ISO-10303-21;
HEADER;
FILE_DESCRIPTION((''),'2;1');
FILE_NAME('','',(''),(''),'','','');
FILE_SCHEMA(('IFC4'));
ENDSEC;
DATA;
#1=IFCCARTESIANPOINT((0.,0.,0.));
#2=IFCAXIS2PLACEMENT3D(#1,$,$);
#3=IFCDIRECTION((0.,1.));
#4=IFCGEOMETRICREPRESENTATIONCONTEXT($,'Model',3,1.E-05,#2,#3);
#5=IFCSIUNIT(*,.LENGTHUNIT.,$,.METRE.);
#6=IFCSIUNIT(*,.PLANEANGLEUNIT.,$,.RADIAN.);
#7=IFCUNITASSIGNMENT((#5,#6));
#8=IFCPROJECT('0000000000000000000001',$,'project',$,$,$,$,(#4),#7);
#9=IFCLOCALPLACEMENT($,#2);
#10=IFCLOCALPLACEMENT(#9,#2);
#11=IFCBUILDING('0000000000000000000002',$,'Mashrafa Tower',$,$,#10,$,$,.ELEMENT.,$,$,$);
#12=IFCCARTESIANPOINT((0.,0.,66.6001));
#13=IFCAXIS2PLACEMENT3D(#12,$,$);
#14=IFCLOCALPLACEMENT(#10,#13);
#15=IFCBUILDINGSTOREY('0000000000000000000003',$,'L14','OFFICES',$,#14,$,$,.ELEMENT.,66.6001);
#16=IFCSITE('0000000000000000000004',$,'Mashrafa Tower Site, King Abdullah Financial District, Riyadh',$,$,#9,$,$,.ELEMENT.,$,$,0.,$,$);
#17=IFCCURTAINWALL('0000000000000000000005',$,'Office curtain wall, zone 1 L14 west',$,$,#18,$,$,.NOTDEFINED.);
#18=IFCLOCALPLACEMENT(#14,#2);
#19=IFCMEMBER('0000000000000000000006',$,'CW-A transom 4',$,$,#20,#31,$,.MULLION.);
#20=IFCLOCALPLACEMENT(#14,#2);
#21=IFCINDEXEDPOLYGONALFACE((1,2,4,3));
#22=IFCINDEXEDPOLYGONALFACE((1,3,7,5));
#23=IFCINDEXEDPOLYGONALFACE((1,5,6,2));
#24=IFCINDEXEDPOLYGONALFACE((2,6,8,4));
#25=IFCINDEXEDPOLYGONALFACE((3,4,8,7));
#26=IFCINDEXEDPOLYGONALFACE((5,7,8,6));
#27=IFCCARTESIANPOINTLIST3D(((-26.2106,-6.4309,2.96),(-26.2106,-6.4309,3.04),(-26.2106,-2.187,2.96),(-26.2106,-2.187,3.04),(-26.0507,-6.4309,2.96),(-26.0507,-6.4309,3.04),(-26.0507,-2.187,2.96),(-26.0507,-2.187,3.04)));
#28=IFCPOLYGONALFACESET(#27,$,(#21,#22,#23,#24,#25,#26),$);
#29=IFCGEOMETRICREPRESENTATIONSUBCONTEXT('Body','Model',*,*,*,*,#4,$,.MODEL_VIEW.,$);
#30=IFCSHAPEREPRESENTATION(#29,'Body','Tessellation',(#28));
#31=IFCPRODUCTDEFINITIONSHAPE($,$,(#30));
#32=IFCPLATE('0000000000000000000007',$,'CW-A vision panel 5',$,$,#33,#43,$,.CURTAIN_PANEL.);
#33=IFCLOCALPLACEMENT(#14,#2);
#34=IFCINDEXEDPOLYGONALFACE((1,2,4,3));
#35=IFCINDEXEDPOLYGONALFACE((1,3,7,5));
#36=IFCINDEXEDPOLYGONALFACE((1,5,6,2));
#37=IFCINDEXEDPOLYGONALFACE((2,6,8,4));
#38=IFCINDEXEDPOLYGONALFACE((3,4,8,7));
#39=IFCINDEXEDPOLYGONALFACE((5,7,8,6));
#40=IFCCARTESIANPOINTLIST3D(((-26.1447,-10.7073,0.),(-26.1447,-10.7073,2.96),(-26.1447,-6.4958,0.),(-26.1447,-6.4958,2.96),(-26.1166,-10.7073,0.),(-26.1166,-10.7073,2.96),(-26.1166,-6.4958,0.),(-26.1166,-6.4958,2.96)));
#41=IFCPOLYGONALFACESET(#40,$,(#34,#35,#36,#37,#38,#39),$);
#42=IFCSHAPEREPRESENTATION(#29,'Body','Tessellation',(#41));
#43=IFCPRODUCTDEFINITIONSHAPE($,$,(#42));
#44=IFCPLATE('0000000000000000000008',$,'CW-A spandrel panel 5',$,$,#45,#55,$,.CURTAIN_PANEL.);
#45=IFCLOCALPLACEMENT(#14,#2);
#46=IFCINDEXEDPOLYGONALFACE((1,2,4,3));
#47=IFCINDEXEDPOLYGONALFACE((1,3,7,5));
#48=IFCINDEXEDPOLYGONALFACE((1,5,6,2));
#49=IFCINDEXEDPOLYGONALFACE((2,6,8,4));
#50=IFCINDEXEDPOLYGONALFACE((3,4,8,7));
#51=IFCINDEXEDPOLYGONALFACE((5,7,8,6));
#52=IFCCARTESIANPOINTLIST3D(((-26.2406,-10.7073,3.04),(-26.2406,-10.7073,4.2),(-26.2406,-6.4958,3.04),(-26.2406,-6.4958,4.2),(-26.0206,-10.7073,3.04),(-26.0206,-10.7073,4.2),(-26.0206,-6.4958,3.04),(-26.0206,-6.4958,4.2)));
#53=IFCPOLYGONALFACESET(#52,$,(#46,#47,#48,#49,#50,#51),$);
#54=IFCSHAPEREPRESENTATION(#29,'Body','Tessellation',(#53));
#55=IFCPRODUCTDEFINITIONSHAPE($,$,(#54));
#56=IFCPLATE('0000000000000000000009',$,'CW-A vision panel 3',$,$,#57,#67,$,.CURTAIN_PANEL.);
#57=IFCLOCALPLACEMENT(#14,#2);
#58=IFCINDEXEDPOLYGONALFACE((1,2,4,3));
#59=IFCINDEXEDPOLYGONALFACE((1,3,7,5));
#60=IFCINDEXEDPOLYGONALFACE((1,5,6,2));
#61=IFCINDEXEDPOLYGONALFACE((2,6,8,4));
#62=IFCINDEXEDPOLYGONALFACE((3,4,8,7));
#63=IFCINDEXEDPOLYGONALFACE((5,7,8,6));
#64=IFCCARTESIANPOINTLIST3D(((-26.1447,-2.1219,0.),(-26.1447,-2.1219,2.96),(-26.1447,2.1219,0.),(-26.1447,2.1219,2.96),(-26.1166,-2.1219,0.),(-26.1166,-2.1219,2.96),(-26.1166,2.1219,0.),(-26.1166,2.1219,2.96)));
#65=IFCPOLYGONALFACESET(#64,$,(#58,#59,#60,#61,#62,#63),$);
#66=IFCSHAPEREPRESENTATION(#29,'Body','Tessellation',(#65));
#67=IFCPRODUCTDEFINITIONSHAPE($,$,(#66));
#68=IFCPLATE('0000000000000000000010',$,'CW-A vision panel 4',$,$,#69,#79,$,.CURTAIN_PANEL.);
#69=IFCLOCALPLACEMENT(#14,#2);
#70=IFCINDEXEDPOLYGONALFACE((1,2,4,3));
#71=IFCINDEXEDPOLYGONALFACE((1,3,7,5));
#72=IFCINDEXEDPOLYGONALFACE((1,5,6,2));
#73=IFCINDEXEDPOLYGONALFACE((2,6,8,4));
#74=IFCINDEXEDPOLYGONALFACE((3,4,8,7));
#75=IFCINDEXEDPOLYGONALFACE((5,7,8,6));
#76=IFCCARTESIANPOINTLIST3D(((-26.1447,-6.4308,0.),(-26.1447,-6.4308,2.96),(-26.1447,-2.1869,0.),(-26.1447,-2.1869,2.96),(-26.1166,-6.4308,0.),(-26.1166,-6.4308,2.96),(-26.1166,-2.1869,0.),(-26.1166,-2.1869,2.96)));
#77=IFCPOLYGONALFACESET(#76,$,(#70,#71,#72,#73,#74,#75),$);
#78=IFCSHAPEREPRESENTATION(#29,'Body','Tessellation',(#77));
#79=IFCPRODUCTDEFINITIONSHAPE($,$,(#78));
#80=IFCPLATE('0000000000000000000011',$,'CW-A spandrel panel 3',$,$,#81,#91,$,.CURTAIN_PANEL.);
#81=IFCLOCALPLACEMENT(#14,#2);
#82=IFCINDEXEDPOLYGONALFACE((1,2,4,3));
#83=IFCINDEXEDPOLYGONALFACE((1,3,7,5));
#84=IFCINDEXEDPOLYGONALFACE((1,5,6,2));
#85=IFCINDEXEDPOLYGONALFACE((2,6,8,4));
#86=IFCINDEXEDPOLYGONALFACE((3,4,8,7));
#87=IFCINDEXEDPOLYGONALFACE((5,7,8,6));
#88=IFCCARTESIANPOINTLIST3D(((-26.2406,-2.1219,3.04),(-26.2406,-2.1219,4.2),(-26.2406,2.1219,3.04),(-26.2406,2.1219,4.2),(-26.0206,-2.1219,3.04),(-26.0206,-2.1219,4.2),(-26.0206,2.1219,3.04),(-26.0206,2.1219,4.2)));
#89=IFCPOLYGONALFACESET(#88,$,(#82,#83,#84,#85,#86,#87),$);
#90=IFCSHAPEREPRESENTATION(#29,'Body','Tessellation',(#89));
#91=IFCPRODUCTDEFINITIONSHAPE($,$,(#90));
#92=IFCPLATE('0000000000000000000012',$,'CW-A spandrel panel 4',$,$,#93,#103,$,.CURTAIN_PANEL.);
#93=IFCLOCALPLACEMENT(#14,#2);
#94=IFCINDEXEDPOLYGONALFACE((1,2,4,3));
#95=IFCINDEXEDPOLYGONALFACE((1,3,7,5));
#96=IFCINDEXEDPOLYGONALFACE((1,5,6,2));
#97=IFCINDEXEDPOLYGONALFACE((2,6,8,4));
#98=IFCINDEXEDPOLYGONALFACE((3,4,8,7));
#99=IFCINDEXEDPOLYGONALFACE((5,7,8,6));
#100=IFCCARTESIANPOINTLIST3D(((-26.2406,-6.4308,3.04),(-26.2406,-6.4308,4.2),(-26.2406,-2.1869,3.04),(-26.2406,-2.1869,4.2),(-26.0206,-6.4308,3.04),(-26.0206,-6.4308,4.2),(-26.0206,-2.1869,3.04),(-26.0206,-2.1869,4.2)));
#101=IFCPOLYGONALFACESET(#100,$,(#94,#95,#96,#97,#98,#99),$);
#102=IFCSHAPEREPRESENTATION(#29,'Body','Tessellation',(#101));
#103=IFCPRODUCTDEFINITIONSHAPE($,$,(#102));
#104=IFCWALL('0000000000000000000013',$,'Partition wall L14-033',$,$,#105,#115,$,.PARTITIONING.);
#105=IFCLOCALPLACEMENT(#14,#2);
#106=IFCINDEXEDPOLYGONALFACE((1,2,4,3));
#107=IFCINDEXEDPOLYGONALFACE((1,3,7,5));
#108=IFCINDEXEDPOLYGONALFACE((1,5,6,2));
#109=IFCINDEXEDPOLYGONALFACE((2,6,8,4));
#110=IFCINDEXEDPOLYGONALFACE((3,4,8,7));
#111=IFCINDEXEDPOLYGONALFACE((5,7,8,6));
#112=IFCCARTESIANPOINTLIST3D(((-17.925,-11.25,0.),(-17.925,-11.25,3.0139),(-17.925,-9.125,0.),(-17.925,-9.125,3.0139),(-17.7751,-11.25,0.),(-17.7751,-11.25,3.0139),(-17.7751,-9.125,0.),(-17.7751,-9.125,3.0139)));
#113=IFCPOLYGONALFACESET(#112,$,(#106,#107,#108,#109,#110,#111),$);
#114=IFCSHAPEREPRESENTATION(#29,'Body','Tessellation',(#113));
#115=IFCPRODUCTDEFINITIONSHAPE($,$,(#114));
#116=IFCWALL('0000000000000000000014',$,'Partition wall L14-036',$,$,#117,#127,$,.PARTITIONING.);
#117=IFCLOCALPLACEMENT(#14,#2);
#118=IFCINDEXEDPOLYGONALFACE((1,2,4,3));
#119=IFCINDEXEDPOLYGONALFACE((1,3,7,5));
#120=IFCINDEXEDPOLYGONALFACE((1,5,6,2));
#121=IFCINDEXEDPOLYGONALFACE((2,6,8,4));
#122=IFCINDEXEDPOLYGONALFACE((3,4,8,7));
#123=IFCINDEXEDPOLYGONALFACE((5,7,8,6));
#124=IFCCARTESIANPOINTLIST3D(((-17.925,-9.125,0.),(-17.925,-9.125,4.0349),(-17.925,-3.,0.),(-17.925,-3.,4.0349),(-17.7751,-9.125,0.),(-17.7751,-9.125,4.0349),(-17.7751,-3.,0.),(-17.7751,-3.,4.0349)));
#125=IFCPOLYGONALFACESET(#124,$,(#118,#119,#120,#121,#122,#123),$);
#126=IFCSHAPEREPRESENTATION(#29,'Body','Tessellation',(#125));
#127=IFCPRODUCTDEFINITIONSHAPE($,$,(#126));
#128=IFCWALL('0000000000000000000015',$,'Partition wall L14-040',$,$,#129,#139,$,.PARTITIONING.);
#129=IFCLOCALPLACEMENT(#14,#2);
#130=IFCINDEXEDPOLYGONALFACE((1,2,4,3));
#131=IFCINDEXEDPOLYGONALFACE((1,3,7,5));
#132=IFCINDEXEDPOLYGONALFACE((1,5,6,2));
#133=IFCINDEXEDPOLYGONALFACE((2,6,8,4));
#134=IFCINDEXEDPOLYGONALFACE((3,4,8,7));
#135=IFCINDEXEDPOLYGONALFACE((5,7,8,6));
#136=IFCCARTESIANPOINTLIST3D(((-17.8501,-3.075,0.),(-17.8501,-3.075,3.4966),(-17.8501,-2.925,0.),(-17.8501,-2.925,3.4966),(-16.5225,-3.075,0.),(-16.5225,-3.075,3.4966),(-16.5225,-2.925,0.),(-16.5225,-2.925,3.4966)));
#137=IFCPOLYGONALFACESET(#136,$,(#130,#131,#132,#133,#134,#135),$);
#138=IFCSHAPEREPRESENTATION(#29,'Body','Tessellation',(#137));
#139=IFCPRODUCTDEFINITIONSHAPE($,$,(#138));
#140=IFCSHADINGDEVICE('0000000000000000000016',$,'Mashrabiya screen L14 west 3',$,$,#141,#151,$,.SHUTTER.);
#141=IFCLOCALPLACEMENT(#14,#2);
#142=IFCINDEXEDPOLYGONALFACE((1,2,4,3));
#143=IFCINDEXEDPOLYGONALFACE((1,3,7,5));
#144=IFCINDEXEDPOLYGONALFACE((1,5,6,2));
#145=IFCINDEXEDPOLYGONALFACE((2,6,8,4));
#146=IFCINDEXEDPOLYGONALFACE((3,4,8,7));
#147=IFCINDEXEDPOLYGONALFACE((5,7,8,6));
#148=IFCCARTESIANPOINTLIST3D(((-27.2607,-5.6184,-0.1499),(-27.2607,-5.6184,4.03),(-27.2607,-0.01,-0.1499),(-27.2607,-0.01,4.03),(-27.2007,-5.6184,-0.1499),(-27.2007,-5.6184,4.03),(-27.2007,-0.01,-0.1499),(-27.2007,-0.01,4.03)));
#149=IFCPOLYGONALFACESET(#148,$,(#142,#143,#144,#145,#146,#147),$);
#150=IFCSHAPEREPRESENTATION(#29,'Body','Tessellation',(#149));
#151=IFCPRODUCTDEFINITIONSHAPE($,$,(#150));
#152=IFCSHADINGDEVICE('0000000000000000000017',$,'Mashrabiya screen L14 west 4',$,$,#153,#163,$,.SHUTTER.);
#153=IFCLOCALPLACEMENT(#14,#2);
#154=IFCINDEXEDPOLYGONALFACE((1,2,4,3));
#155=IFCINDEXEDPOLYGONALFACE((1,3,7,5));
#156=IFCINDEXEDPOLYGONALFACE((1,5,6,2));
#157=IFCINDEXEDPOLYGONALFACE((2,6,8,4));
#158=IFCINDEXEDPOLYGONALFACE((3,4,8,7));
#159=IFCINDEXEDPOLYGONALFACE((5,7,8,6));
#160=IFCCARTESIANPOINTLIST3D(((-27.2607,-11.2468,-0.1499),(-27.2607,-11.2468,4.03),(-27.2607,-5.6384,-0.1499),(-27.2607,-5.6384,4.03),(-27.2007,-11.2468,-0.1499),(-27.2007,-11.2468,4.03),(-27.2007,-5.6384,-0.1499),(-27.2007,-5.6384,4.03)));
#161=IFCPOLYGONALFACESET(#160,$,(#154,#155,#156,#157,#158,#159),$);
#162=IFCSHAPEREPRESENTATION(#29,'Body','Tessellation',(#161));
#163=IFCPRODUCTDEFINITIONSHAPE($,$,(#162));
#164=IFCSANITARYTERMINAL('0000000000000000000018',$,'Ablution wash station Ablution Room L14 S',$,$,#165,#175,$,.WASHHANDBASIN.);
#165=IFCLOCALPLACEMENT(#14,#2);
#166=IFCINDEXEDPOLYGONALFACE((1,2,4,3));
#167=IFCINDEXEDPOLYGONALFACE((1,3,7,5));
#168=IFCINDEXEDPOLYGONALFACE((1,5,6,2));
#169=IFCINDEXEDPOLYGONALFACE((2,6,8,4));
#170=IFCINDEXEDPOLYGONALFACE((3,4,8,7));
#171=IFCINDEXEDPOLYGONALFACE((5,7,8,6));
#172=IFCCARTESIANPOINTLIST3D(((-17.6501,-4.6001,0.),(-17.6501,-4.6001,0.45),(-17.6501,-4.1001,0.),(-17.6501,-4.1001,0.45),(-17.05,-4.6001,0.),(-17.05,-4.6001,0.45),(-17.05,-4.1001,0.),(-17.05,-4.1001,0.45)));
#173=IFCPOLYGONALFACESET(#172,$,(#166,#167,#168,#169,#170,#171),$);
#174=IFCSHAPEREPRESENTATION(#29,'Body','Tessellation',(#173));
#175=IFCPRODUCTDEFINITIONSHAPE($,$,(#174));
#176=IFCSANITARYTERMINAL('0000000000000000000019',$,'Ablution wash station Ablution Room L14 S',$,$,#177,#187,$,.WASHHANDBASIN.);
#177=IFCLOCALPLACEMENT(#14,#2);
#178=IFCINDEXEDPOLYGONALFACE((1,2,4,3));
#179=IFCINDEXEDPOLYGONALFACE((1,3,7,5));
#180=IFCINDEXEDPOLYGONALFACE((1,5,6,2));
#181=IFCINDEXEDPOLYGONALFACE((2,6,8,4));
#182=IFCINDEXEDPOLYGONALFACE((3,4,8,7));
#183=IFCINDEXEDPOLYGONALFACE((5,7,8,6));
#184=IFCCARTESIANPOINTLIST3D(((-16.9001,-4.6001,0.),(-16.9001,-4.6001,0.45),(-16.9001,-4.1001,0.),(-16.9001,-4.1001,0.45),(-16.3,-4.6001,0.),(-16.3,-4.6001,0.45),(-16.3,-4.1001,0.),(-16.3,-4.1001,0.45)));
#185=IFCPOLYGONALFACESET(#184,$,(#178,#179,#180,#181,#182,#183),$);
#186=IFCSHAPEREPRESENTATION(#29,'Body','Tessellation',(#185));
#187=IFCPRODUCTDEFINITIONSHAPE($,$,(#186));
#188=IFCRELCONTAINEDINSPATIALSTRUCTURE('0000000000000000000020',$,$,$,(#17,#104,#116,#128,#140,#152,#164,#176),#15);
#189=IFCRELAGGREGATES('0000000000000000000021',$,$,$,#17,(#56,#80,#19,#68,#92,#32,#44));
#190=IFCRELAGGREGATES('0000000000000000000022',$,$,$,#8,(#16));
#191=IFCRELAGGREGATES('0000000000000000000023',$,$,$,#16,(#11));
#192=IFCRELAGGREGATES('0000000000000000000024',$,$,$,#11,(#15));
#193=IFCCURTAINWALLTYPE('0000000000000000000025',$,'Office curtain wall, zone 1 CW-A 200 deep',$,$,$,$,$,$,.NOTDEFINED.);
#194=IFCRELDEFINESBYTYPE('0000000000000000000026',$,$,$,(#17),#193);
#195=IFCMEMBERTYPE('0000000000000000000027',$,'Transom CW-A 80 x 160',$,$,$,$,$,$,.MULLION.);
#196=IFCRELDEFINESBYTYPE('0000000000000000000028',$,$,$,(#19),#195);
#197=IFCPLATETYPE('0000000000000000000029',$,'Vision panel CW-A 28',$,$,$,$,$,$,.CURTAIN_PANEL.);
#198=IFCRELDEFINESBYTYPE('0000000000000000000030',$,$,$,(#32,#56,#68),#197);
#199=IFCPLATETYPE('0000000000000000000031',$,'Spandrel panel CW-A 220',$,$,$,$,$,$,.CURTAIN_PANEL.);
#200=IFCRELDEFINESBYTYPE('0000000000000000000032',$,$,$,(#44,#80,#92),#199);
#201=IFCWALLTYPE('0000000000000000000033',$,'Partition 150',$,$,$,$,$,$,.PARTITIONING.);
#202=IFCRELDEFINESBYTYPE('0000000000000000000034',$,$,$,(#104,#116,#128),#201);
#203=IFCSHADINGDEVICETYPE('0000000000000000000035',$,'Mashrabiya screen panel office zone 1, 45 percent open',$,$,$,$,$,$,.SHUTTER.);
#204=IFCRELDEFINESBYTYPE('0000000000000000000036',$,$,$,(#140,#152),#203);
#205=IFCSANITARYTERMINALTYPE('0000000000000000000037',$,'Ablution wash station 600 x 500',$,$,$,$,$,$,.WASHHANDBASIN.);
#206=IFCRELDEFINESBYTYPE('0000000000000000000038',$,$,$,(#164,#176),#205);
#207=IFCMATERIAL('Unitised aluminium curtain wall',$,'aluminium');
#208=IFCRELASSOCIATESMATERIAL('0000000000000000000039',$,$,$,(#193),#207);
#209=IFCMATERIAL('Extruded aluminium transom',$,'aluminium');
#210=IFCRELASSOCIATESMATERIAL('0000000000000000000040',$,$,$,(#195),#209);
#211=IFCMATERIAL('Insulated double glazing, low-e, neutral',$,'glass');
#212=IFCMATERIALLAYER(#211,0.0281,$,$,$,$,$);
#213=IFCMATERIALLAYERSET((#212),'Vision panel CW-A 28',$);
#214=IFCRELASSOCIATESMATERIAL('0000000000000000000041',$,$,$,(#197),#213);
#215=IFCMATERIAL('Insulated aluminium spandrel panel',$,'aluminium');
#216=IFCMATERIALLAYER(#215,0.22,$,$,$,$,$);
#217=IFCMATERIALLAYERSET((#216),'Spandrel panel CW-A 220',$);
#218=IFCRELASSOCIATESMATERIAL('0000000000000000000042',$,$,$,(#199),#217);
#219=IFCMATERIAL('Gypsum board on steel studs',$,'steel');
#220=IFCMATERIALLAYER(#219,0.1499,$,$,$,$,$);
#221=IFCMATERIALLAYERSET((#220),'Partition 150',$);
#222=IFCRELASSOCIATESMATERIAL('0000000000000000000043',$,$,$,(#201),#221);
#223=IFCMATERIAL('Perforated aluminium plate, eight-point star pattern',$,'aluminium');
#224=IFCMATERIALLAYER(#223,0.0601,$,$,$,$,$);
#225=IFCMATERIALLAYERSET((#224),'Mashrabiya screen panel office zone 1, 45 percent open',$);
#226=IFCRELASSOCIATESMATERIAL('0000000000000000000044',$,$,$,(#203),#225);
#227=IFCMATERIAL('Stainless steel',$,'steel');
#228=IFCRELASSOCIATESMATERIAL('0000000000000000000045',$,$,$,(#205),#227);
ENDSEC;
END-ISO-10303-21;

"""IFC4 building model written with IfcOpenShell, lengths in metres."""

from ifc_helpers import new_model, si_unit, direction, frame, frame_2d, origin, origin_2d, place, context, subcontext, project, spatial, rectangle, extrude, source, transform, mapped, material, layer, layer_set, material_profile, profile_set, type_object, type_shapes, element, aggregate, save


model = new_model("IFC4")

# Units and contexts
model_context = context("Model", 3, precision=1e-05, world=origin(), true_north=direction((0.0, 1.0)))
body_context = subcontext(model_context, "Body", "Model", "MODEL_VIEW")
ifc_project = project(units=[si_unit("LENGTHUNIT", "METRE"), si_unit("PLANEANGLEUNIT", "RADIAN")], contexts=[model_context])

# Site, building, storey
site_placement = place(None, origin())
site = spatial("IfcSite", under=ifc_project, at=site_placement, Name="Mashrafa Tower Site, King Abdullah Financial District, Riyadh", CompositionType="ELEMENT", RefElevation=0.0)
building_placement = place(site_placement, origin())
building = spatial("IfcBuilding", under=site, at=building_placement, Name="Mashrafa Tower", CompositionType="ELEMENT")
storey_placement = place(building_placement, frame((0.0, 0.0, 66.6001)))
storey = spatial("IfcBuildingStorey", under=building, at=storey_placement, Name="L14", Description="OFFICES", CompositionType="ELEMENT", Elevation=66.6001)

# Curtain wall, member, plates
ifc_material_1 = material(Name="Unitised aluminium curtain wall", Category="aluminium")
curtain_wall_type = type_object("IfcCurtainWallType", Name="Office curtain wall, zone 1 CW-A 200 deep", PredefinedType="NOTDEFINED", material=ifc_material_1)
curtain_wall_placement = place(storey_placement, origin())
curtain_wall = element("IfcCurtainWall", 1, at=curtain_wall_placement, inside=storey, type_object=curtain_wall_type, Name="Office curtain wall, zone 1 L14 west", PredefinedType="NOTDEFINED")
ifc_material_2 = material(Name="Extruded aluminium transom", Category="aluminium")
ifc_material_profile_1 = material_profile(ifc_material_2, rectangle(XDim=0.1599, YDim=0.0801, at=origin_2d()), Name="Transom 80x160")
ifc_profile_set_1 = profile_set([ifc_material_profile_1], Name="Extruded aluminium transom")
member_type_1 = type_object("IfcMemberType", Name="Transom CW-A 80 x 160", PredefinedType="MULLION", material=ifc_profile_set_1)
shared_shape_1 = source(origin(), body_context, "Body", "SweptSolid", [
    extrude(rectangle(XDim=0.1599, YDim=0.0801, at=origin_2d()), origin(), (0.0, 0.0, 1.0), 4.2439),
])
member_1_placement = place(storey_placement, frame((-26.1306, -2.187, 3.0), z_axis=(0.0, -1.0, 0.0), x_axis=(1.0, 0.0, 0.0)))
member_1 = element("IfcMember", 2, at=member_1_placement, type_object=member_type_1, Name="CW-A transom 4", PredefinedType="MULLION", context=body_context, shape_type="MappedRepresentation", body=[
    mapped(shared_shape_1, transform((0.0, 0.0, 0.0))),
])
ifc_material_3 = material(Name="Insulated double glazing, low-e, neutral", Category="glass")
ifc_layer_1 = layer(ifc_material_3, 0.0281)
ifc_layer_set_1 = layer_set([ifc_layer_1], Name="Vision panel CW-A 28")
plate_type_1 = type_object("IfcPlateType", Name="Vision panel CW-A 28", PredefinedType="CURTAIN_PANEL", material=ifc_layer_set_1)
shared_shape_2 = source(origin(), body_context, "Body", "SweptSolid", [
    extrude(rectangle(XDim=4.2114, YDim=0.0281, at=origin_2d()), origin(), (0.0, 0.0, 1.0), 2.96),
])
plate_1_placement = place(storey_placement, frame((-26.1306, -8.6016, 0.0), z_axis=(0.0, 0.0, 1.0), x_axis=(0.0, -1.0, 0.0)))
plate_1 = element("IfcPlate", 3, at=plate_1_placement, type_object=plate_type_1, Name="CW-A vision panel 5", PredefinedType="CURTAIN_PANEL", context=body_context, shape_type="MappedRepresentation", body=[
    mapped(shared_shape_2, transform((0.0, 0.0, 0.0))),
])
ifc_material_4 = material(Name="Insulated aluminium spandrel panel", Category="aluminium")
ifc_layer_2 = layer(ifc_material_4, 0.22)
ifc_layer_set_2 = layer_set([ifc_layer_2], Name="Spandrel panel CW-A 220")
plate_type_2 = type_object("IfcPlateType", Name="Spandrel panel CW-A 220", PredefinedType="CURTAIN_PANEL", material=ifc_layer_set_2)
shared_shape_3 = source(origin(), body_context, "Body", "SweptSolid", [
    extrude(rectangle(XDim=4.2114, YDim=0.22, at=origin_2d()), origin(), (0.0, 0.0, 1.0), 1.1599),
])
plate_2_placement = place(storey_placement, frame((-26.1306, -8.6016, 3.04), z_axis=(0.0, 0.0, 1.0), x_axis=(0.0, -1.0, 0.0)))
plate_2 = element("IfcPlate", 4, at=plate_2_placement, type_object=plate_type_2, Name="CW-A spandrel panel 5", PredefinedType="CURTAIN_PANEL", context=body_context, shape_type="MappedRepresentation", body=[
    mapped(shared_shape_3, transform((0.0, 0.0, 0.0))),
])
shared_shape_4 = source(origin(), body_context, "Body", "SweptSolid", [
    extrude(rectangle(XDim=4.2439, YDim=0.0281, at=origin_2d()), origin(), (0.0, 0.0, 1.0), 2.96),
])
type_shapes(plate_type_1, [shared_shape_2, shared_shape_4])
plate_3_placement = place(storey_placement, frame((-26.1306, 0.0, 0.0), z_axis=(0.0, 0.0, 1.0), x_axis=(0.0, -1.0, 0.0)))
plate_3 = element("IfcPlate", 5, at=plate_3_placement, type_object=plate_type_1, Name="CW-A vision panel 3", PredefinedType="CURTAIN_PANEL", context=body_context, shape_type="MappedRepresentation", body=[
    mapped(shared_shape_4, transform((0.0, 0.0, 0.0))),
])
plate_4_placement = place(storey_placement, frame((-26.1306, -4.3088, 0.0), z_axis=(0.0, 0.0, 1.0), x_axis=(0.0, -1.0, 0.0)))
plate_4 = element("IfcPlate", 6, at=plate_4_placement, type_object=plate_type_1, Name="CW-A vision panel 4", PredefinedType="CURTAIN_PANEL", context=body_context, shape_type="MappedRepresentation", body=[
    mapped(shared_shape_4, transform((0.0, 0.0, 0.0))),
])
shared_shape_5 = source(origin(), body_context, "Body", "SweptSolid", [
    extrude(rectangle(XDim=4.2439, YDim=0.22, at=origin_2d()), origin(), (0.0, 0.0, 1.0), 1.1599),
])
type_shapes(plate_type_2, [shared_shape_3, shared_shape_5])
plate_5_placement = place(storey_placement, frame((-26.1306, 0.0, 3.04), z_axis=(0.0, 0.0, 1.0), x_axis=(0.0, -1.0, 0.0)))
plate_5 = element("IfcPlate", 7, at=plate_5_placement, type_object=plate_type_2, Name="CW-A spandrel panel 3", PredefinedType="CURTAIN_PANEL", context=body_context, shape_type="MappedRepresentation", body=[
    mapped(shared_shape_5, transform((0.0, 0.0, 0.0))),
])
plate_6_placement = place(storey_placement, frame((-26.1306, -4.3088, 3.04), z_axis=(0.0, 0.0, 1.0), x_axis=(0.0, -1.0, 0.0)))
plate_6 = element("IfcPlate", 8, at=plate_6_placement, type_object=plate_type_2, Name="CW-A spandrel panel 4", PredefinedType="CURTAIN_PANEL", context=body_context, shape_type="MappedRepresentation", body=[
    mapped(shared_shape_5, transform((0.0, 0.0, 0.0))),
])
aggregate(curtain_wall, [plate_3, plate_5, member_1, plate_4, plate_6, plate_1, plate_2])

# Walls
ifc_material_5 = material(Name="Gypsum board on steel studs", Category="steel")
ifc_layer_3 = layer(ifc_material_5, 0.1499)
ifc_layer_set_3 = layer_set([ifc_layer_3], Name="Partition 150")
wall_type = type_object("IfcWallType", Name="Partition 150", PredefinedType="PARTITIONING", material=ifc_layer_set_3)
wall_1_placement = place(storey_placement, frame((-17.8501, -9.125, 0.0), z_axis=(0.0, 0.0, 1.0), x_axis=(0.0, -1.0, 0.0)))
element("IfcWall", 9, at=wall_1_placement, inside=storey, type_object=wall_type, Name="Partition wall L14-033", PredefinedType="PARTITIONING", context=body_context, shape_type="SweptSolid", body=[
    extrude(rectangle(XDim=2.125, YDim=0.1499, at=frame_2d((1.0625, 0.0))), origin(), (0.0, 0.0, 1.0), 3.0139),
])
wall_2_placement = place(storey_placement, frame((-17.8501, -9.125, 0.0), z_axis=(0.0, 0.0, 1.0), x_axis=(0.0, 1.0, 0.0)))
element("IfcWall", 10, at=wall_2_placement, inside=storey, type_object=wall_type, Name="Partition wall L14-036", PredefinedType="PARTITIONING", context=body_context, shape_type="SweptSolid", body=[
    extrude(rectangle(XDim=6.125, YDim=0.1499, at=frame_2d((3.0625, 0.0))), origin(), (0.0, 0.0, 1.0), 4.0349),
])
wall_3_placement = place(storey_placement, frame((-16.5225, -3.0, 0.0), z_axis=(0.0, 0.0, 1.0), x_axis=(-1.0, 0.0, 0.0)))
element("IfcWall", 11, at=wall_3_placement, inside=storey, type_object=wall_type, Name="Partition wall L14-040", PredefinedType="PARTITIONING", context=body_context, shape_type="SweptSolid", body=[
    extrude(rectangle(XDim=1.3276, YDim=0.1499, at=frame_2d((0.6638, 0.0))), origin(), (0.0, 0.0, 1.0), 3.4966),
])

# Shading devices
ifc_material_6 = material(Name="Perforated aluminium plate, eight-point star pattern", Category="aluminium")
ifc_layer_4 = layer(ifc_material_6, 0.0601)
ifc_layer_set_4 = layer_set([ifc_layer_4], Name="Mashrabiya screen panel office zone 1, 45 percent open")
shading_device_type = type_object("IfcShadingDeviceType", Name="Mashrabiya screen panel office zone 1, 45 percent open", PredefinedType="SHUTTER", material=ifc_layer_set_4)
shared_shape_6 = source(origin(), body_context, "Body", "SweptSolid", [
    extrude(rectangle(XDim=5.6084, YDim=0.0601, at=origin_2d()), origin(), (0.0, 0.0, 1.0), 4.1799),
])
type_shapes(shading_device_type, [shared_shape_6])
for number, where, z_axis, x_axis, name in (
    (12, (-27.2307, -2.8142, -0.1499), (0.0, 0.0, 1.0), (0.0, -1.0, 0.0), "Mashrabiya screen L14 west 3"),
    (13, (-27.2307, -8.4426, -0.1499), (0.0, 0.0, 1.0), (0.0, -1.0, 0.0), "Mashrabiya screen L14 west 4"),
):
    element("IfcShadingDevice", number, at=place(storey_placement, frame(where, z_axis=z_axis, x_axis=x_axis)), inside=storey, type_object=shading_device_type, Name=name, PredefinedType="SHUTTER", context=body_context, shape_type="MappedRepresentation", body=[
        mapped(shared_shape_6, transform((0.0, 0.0, 0.0))),
    ])

# Sanitary terminals
ifc_material_7 = material(Name="Stainless steel", Category="steel")
sanitary_terminal_type_1 = type_object("IfcSanitaryTerminalType", Name="Ablution wash station 600 x 500", PredefinedType="WASHHANDBASIN", material=ifc_material_7)
for number, where, z_axis, x_axis, name in (
    (14, (-17.3501, -4.3501, 0.0), (0.0, 0.0, 1.0), (1.0, 0.0, 0.0), "Ablution wash station Ablution Room L14 S"),
    (15, (-16.6001, -4.3501, 0.0), (0.0, 0.0, 1.0), (1.0, 0.0, 0.0), "Ablution wash station Ablution Room L14 S"),
):
    element("IfcSanitaryTerminal", number, at=place(storey_placement, frame(where, z_axis=z_axis, x_axis=x_axis)), inside=storey, type_object=sanitary_terminal_type_1, Name=name, PredefinedType="WASHHANDBASIN", context=body_context, shape_type="SweptSolid", body=[
        extrude(rectangle(XDim=0.6001, YDim=0.5, at=origin_2d()), origin(), (0.0, 0.0, 1.0), 0.45),
    ])

save(model, "model.ifc")
